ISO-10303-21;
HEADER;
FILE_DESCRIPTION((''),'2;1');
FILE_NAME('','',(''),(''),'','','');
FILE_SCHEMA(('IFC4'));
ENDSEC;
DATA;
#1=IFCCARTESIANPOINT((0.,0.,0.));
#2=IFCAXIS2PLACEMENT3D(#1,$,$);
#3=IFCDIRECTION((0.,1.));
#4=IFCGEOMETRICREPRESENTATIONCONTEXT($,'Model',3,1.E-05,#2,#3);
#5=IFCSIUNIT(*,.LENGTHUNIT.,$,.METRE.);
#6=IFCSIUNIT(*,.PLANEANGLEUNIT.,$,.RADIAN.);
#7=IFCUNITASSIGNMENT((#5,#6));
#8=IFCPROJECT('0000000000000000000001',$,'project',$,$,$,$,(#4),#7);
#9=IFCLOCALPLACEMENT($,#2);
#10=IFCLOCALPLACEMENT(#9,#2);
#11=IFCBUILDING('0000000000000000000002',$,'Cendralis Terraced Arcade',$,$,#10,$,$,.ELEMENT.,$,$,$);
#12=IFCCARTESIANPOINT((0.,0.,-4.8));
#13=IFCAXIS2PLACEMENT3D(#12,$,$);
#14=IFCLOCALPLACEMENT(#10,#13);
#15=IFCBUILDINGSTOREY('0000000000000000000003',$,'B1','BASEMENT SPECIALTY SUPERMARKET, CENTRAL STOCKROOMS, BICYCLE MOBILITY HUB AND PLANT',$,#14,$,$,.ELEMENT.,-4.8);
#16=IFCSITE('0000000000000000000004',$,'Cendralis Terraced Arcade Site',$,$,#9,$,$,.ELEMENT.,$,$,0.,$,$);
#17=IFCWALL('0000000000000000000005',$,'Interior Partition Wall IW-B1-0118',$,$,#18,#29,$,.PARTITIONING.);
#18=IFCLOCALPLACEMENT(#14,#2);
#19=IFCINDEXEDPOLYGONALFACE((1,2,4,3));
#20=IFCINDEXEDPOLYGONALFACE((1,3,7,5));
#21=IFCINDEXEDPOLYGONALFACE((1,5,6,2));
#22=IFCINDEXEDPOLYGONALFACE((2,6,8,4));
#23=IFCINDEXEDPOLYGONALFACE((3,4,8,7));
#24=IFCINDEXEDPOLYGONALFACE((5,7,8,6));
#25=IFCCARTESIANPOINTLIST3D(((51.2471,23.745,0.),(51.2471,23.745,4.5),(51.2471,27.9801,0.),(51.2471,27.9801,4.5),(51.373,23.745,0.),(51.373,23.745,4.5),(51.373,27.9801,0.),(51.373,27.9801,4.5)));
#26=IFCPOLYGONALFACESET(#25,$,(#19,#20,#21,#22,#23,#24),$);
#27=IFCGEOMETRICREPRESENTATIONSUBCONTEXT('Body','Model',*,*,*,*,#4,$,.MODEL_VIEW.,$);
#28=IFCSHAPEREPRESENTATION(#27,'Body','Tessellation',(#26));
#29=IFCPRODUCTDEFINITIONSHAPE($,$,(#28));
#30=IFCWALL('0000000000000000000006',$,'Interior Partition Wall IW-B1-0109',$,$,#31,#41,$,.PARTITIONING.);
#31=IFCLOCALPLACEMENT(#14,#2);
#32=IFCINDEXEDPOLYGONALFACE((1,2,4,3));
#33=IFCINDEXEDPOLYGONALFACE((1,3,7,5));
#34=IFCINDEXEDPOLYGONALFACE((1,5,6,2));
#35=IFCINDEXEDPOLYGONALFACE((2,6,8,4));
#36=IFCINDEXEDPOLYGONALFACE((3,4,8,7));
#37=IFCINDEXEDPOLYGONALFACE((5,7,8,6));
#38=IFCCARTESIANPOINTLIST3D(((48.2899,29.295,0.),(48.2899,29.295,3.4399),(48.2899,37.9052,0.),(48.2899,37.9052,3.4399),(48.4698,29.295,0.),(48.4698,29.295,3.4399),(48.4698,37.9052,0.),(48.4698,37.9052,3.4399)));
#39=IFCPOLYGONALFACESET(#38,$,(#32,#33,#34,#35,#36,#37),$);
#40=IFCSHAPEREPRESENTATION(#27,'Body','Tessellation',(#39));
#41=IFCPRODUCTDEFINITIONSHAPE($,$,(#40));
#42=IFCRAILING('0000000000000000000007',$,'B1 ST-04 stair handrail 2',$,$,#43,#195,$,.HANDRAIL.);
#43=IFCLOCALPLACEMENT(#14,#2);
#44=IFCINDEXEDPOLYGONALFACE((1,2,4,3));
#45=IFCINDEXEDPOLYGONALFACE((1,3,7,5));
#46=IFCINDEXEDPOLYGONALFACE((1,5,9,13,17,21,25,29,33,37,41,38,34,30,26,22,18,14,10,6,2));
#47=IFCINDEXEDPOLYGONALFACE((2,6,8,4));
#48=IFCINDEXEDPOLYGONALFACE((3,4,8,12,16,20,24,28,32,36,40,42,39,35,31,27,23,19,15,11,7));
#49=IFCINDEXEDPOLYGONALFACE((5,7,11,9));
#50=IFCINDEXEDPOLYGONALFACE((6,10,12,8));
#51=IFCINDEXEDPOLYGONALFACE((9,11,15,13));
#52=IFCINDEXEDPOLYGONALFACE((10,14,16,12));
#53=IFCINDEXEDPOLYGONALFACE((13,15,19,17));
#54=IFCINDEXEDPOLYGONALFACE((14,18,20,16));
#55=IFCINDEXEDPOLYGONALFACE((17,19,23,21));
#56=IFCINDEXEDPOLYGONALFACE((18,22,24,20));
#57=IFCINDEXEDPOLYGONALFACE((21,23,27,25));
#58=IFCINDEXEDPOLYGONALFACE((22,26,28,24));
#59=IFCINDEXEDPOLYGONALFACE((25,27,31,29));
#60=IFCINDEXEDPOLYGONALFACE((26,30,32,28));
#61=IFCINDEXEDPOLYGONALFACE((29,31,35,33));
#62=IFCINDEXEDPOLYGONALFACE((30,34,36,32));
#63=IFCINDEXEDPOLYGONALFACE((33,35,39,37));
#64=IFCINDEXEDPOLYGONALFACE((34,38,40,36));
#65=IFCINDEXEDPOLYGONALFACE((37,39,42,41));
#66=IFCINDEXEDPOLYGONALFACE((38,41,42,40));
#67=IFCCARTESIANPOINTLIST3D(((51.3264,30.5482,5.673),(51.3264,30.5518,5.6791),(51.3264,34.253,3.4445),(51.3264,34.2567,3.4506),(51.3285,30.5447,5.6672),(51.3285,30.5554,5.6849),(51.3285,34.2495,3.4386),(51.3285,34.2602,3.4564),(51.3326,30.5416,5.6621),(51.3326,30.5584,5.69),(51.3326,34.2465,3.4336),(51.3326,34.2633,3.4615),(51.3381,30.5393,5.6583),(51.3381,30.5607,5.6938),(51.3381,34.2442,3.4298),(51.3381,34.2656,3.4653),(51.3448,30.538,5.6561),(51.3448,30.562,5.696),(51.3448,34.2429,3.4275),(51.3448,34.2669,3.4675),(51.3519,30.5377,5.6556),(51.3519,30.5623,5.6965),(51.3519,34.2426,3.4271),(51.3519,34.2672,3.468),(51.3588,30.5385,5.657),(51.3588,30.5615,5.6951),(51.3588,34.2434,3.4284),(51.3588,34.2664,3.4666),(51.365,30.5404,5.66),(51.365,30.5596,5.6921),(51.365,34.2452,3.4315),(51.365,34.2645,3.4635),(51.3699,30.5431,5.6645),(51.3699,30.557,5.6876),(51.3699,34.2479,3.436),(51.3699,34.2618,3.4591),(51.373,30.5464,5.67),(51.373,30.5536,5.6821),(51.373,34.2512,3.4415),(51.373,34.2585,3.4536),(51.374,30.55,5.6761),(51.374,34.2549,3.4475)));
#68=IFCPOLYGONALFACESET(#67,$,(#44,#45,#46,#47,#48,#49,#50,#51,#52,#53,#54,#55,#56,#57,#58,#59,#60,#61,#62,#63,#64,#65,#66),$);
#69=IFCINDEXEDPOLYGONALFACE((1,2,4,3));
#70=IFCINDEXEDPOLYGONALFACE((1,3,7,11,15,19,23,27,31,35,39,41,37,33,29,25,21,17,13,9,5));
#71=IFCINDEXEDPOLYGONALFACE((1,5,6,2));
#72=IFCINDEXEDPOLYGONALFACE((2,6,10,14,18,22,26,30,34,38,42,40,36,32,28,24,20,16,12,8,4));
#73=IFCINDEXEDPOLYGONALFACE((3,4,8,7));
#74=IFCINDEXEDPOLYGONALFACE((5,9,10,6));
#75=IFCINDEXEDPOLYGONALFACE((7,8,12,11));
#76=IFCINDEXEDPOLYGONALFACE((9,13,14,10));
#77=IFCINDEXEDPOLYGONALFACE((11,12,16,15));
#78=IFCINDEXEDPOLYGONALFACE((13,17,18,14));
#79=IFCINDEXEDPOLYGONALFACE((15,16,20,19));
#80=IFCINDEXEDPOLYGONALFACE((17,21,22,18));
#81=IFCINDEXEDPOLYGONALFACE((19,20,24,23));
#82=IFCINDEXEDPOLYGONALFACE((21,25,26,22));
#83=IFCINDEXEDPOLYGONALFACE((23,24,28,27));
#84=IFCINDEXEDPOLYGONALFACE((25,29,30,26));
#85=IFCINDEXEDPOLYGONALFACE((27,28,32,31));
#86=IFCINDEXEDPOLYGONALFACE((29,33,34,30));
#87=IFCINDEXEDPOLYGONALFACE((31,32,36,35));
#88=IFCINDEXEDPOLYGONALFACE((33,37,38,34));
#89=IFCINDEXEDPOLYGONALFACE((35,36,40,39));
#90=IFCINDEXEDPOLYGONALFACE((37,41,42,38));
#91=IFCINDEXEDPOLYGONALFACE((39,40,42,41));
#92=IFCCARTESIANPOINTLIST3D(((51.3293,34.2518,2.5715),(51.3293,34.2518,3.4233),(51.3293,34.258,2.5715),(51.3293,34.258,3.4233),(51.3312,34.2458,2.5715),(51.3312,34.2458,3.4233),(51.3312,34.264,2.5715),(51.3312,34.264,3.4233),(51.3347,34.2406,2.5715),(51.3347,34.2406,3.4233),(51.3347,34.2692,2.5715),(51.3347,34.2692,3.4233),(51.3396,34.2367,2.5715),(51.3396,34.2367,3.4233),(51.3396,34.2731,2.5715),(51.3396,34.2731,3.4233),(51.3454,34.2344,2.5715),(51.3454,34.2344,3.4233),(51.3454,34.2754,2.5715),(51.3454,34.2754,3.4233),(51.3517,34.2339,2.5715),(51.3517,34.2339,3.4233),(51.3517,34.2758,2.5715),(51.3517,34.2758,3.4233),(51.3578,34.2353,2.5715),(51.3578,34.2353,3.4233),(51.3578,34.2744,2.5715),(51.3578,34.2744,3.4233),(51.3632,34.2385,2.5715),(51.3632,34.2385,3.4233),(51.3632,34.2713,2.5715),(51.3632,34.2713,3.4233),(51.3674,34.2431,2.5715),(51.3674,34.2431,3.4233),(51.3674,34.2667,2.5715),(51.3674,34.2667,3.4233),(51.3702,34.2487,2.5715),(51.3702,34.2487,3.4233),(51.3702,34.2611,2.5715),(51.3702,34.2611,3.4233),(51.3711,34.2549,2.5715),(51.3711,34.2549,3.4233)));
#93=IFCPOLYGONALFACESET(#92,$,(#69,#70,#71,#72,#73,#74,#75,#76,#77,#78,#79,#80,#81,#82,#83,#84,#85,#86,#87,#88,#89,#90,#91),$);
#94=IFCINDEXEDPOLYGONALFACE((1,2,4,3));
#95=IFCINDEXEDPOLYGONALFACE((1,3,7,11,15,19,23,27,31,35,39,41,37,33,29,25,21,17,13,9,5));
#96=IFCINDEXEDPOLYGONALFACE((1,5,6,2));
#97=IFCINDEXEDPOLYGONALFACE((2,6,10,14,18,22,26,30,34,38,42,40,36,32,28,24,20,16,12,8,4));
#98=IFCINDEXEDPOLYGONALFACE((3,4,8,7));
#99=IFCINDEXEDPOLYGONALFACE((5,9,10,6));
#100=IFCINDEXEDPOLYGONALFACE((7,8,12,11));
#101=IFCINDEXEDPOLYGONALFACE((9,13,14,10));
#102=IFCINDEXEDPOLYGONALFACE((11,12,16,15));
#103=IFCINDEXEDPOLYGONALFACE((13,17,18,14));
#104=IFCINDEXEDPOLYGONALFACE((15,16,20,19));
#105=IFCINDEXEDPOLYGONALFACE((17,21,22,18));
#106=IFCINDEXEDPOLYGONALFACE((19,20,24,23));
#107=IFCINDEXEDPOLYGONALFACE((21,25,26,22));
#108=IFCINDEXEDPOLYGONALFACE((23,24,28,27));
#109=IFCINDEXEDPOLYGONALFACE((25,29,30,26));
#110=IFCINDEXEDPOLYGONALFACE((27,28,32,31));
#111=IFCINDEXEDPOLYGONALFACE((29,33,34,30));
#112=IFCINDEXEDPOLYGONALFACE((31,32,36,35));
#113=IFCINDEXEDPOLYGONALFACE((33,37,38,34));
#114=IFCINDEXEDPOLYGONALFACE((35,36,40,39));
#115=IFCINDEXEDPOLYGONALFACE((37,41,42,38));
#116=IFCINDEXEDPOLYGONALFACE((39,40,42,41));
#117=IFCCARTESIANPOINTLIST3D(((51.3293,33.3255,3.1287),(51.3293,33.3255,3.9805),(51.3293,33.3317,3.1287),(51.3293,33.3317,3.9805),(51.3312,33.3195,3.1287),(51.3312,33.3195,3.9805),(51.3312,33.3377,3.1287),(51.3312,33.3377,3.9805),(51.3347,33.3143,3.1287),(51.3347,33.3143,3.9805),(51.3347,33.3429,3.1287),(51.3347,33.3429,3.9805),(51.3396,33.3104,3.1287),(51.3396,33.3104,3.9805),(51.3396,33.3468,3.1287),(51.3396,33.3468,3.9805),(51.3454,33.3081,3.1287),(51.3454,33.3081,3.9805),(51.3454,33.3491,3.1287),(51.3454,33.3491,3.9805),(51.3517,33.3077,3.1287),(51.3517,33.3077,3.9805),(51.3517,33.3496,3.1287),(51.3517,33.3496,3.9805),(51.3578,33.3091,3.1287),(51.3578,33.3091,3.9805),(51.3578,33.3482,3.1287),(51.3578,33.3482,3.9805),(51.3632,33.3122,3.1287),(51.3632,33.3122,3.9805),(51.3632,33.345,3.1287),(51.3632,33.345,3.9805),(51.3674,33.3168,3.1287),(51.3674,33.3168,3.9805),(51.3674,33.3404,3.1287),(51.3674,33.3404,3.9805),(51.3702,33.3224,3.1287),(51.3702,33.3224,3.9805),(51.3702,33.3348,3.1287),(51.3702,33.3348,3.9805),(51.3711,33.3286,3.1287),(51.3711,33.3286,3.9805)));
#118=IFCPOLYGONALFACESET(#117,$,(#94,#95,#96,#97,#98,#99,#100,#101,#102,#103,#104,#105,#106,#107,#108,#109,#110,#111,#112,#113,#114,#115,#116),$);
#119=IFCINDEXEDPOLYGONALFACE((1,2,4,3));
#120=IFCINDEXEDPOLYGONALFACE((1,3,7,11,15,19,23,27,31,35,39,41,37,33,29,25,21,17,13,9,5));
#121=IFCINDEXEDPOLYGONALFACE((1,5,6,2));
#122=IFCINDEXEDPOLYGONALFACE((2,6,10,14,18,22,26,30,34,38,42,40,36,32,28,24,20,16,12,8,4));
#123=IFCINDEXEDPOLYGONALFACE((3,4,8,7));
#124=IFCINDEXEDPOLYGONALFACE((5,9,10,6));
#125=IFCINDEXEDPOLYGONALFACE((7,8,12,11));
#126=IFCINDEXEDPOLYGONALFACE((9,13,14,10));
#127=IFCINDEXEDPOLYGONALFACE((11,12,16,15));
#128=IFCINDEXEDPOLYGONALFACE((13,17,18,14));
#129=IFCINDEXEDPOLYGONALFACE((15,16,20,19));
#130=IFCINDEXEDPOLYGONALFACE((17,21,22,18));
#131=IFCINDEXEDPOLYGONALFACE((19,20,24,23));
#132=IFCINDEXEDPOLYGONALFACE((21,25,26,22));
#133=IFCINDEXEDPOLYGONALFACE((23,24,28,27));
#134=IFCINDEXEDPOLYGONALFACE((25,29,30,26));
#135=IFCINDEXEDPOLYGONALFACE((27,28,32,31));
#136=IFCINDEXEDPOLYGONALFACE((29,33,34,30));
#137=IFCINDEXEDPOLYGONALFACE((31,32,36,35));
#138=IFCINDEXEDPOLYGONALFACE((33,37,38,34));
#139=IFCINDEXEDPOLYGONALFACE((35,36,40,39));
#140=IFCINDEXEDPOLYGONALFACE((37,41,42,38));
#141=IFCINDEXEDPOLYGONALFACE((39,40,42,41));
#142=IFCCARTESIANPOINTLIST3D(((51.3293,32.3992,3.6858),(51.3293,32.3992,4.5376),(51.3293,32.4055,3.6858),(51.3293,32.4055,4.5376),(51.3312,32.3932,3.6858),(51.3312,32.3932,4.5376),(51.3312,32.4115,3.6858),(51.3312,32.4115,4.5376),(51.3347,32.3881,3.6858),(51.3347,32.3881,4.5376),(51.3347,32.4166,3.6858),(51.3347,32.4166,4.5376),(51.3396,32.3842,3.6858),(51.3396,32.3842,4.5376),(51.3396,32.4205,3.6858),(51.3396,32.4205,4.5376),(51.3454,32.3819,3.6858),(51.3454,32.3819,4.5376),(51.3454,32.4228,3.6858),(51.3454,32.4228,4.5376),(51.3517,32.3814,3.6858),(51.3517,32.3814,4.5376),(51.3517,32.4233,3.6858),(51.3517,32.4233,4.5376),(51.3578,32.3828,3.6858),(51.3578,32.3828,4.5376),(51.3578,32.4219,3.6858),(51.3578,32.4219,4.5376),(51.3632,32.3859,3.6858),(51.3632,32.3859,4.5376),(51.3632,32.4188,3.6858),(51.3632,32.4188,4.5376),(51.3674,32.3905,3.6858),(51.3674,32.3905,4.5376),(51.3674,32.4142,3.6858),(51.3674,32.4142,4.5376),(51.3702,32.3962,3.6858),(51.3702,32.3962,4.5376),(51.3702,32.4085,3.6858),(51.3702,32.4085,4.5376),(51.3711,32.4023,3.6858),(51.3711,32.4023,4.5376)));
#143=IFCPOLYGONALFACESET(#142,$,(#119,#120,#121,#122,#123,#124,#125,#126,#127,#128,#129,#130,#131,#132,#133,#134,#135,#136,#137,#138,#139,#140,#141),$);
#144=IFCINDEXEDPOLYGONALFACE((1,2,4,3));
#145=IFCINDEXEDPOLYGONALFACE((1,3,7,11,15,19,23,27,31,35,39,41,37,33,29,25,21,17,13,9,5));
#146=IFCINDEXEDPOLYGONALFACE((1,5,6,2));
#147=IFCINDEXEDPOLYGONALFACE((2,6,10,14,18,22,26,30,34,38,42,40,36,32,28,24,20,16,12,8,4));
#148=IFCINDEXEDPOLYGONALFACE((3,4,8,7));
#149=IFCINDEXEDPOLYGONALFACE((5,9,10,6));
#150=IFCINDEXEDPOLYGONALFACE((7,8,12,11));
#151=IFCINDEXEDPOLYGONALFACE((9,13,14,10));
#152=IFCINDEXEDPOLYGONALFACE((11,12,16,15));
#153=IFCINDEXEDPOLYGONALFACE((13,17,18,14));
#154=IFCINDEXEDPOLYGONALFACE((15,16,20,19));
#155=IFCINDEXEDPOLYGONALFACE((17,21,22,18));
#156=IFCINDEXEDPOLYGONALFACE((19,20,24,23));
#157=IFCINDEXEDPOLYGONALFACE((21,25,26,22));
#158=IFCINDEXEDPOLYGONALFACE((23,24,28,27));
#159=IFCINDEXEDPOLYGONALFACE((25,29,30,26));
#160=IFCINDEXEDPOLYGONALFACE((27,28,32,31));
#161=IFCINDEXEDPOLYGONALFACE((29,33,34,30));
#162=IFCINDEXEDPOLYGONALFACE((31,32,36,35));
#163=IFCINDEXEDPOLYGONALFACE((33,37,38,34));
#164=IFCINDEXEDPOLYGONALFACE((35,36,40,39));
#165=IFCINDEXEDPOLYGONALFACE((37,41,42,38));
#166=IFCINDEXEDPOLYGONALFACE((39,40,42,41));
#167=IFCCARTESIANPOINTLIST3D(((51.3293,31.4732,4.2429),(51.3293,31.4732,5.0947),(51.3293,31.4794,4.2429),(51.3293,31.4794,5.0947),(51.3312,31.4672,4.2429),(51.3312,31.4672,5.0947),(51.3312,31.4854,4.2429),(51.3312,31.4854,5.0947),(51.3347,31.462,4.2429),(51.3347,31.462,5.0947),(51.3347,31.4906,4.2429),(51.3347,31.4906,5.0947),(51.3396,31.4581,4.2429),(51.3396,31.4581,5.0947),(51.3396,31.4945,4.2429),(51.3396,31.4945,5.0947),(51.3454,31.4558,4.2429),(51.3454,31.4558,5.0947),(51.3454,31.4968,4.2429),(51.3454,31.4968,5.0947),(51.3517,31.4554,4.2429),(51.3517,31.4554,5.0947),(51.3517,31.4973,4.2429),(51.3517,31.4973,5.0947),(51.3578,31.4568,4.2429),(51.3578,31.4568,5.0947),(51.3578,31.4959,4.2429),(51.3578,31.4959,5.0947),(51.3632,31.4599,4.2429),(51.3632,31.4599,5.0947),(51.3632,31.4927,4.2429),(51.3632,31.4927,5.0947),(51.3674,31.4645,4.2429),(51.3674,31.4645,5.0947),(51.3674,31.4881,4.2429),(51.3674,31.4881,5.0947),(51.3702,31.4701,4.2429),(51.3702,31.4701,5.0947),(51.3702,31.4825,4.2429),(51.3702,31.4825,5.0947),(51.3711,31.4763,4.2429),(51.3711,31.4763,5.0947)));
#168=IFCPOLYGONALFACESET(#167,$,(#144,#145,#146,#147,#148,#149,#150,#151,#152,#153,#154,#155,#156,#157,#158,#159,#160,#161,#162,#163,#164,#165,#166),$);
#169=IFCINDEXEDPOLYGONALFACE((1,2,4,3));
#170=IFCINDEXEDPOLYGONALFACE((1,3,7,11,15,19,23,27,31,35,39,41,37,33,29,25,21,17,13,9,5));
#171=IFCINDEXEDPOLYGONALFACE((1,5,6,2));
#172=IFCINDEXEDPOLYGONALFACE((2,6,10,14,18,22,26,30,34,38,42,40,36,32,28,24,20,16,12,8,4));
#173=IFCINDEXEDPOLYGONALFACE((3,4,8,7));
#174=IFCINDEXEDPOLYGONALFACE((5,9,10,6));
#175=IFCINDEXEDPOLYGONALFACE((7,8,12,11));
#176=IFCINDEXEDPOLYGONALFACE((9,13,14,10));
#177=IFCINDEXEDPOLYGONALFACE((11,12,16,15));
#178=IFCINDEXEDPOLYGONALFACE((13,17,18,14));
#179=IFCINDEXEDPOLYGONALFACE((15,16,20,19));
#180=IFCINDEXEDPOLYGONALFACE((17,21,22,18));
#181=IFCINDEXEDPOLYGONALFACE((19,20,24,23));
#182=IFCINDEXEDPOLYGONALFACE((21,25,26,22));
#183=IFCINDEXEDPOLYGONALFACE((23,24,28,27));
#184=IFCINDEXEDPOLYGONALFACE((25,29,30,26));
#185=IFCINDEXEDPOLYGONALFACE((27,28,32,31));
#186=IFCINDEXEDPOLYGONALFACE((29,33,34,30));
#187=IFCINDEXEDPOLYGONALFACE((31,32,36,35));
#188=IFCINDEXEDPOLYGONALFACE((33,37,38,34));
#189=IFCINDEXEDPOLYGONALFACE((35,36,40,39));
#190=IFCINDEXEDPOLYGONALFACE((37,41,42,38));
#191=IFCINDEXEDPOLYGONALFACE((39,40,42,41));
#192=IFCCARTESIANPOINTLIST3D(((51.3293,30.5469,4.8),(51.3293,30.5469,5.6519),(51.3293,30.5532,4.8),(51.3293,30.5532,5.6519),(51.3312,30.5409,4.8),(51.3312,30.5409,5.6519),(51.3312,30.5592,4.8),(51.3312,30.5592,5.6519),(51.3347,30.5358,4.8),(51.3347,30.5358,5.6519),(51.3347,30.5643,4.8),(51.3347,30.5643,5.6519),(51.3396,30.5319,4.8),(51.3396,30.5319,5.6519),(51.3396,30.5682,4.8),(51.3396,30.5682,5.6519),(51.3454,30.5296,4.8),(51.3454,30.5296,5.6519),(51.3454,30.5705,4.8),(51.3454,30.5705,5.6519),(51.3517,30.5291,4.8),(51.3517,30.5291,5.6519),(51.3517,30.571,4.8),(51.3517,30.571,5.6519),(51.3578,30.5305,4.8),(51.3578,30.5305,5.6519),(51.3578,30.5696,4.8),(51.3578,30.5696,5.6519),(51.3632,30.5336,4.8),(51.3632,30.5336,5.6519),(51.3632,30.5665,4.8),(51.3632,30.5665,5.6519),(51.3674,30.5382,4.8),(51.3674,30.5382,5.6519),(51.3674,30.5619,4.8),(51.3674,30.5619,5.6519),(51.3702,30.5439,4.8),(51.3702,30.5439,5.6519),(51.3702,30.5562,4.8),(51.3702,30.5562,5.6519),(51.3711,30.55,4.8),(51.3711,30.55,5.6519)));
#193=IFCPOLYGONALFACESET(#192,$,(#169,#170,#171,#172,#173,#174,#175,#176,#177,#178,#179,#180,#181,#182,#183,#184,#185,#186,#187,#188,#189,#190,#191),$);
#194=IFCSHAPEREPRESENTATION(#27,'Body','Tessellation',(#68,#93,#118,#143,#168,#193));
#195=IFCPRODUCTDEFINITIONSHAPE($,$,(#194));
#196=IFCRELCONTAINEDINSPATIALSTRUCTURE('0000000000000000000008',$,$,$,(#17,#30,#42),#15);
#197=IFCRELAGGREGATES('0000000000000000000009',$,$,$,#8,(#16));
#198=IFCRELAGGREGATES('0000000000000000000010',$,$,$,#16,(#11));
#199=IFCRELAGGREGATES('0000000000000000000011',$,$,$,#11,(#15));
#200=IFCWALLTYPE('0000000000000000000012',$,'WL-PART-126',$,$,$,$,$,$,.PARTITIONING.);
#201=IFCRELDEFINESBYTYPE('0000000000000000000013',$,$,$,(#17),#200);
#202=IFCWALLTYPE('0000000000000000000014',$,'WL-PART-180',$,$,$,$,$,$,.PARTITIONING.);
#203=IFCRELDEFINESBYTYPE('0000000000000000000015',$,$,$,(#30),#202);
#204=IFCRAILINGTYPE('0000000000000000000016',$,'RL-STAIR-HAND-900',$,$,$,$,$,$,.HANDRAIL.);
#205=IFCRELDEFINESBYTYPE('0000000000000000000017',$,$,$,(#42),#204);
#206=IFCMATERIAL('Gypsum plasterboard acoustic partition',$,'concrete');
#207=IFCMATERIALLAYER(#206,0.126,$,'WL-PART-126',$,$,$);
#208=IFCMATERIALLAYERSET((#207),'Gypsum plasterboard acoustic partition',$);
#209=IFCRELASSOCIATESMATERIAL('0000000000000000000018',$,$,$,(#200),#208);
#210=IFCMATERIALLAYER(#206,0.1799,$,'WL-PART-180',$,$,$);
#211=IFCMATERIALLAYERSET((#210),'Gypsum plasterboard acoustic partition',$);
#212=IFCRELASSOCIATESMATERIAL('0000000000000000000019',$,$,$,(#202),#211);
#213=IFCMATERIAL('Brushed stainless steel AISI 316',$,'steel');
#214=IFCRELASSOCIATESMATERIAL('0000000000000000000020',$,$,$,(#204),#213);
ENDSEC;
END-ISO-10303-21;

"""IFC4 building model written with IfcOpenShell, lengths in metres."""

from ifc_helpers import new_model, si_unit, direction, frame, frame_2d, origin, origin_2d, place, context, subcontext, project, spatial, rectangle, circle, extrude, material, layer, layer_set, type_object, element, save


model = new_model("IFC4")

# Units and contexts
model_context = context("Model", 3, precision=1e-05, world=origin(), true_north=direction((0.0, 1.0)))
body_context = subcontext(model_context, "Body", "Model", "MODEL_VIEW")
ifc_project = project(units=[si_unit("LENGTHUNIT", "METRE"), si_unit("PLANEANGLEUNIT", "RADIAN")], contexts=[model_context])

# Site, building, storey
site_placement = place(None, origin())
site = spatial("IfcSite", under=ifc_project, at=site_placement, Name="Cendralis Terraced Arcade Site", CompositionType="ELEMENT", RefElevation=0.0)
building_placement = place(site_placement, origin())
building = spatial("IfcBuilding", under=site, at=building_placement, Name="Cendralis Terraced Arcade", CompositionType="ELEMENT")
storey_placement = place(building_placement, frame((0.0, 0.0, -4.8)))
storey = spatial("IfcBuildingStorey", under=building, at=storey_placement, Name="B1", Description="BASEMENT SPECIALTY SUPERMARKET, CENTRAL STOCKROOMS, BICYCLE MOBILITY HUB AND PLANT", CompositionType="ELEMENT", Elevation=-4.8)

# Walls
ifc_material_1 = material(Name="Gypsum plasterboard acoustic partition", Category="concrete")
ifc_layer_1 = layer(ifc_material_1, 0.126, Name="WL-PART-126")
ifc_layer_set_1 = layer_set([ifc_layer_1], Name="Gypsum plasterboard acoustic partition")
wall_type_1 = type_object("IfcWallType", Name="WL-PART-126", PredefinedType="PARTITIONING", material=ifc_layer_set_1)
wall_1_placement = place(storey_placement, frame((51.3101, 23.7449, 0.0), z_axis=(0.0, 0.0, 1.0), x_axis=(0.0, 1.0, 0.0)))
element("IfcWall", 1, at=wall_1_placement, inside=storey, type_object=wall_type_1, Name="Interior Partition Wall IW-B1-0118", PredefinedType="PARTITIONING", context=body_context, shape_type="SweptSolid", body=[
    extrude(rectangle(XDim=4.2351, YDim=0.126, at=frame_2d((2.1177, 0.0))), origin(), (0.0, 0.0, 1.0), 4.5),
])
ifc_layer_2 = layer(ifc_material_1, 0.1799, Name="WL-PART-180")
ifc_layer_set_2 = layer_set([ifc_layer_2], Name="Gypsum plasterboard acoustic partition")
wall_type_2 = type_object("IfcWallType", Name="WL-PART-180", PredefinedType="PARTITIONING", material=ifc_layer_set_2)
wall_2_placement = place(storey_placement, frame((48.3799, 29.2949, 0.0), z_axis=(0.0, 0.0, 1.0), x_axis=(0.0, 1.0, 0.0)))
element("IfcWall", 2, at=wall_2_placement, inside=storey, type_object=wall_type_2, Name="Interior Partition Wall IW-B1-0109", PredefinedType="PARTITIONING", context=body_context, shape_type="SweptSolid", body=[
    extrude(rectangle(XDim=8.6101, YDim=0.1799, at=frame_2d((4.3052, 0.0))), origin(), (0.0, 0.0, 1.0), 3.4399),
])

# Railing
ifc_material_2 = material(Name="Brushed stainless steel AISI 316", Category="steel")
railing_type = type_object("IfcRailingType", Name="RL-STAIR-HAND-900", PredefinedType="HANDRAIL", material=ifc_material_2)
railing_placement = place(storey_placement, frame((51.3501, 34.2549, 2.5715)))
element("IfcRailing", 3, at=railing_placement, inside=storey, type_object=railing_type, Name="B1 ST-04 stair handrail 2", PredefinedType="HANDRAIL", context=body_context, shape_type="SweptSolid", body=[
    extrude(circle(Radius=0.0239, at=origin_2d()), frame((0.0, 0.0, 0.876), z_axis=(0.0, -0.856919, 0.51545), x_axis=(1.0, 0.0, 0.0)), (0.0, 0.0, 1.0), 4.3235),
    extrude(circle(Radius=0.021, at=origin_2d()), origin(), (0.0, 0.0, 1.0), 0.8518),
    extrude(circle(Radius=0.021, at=origin_2d()), frame((0.0, -0.9263, 0.5571)), (0.0, 0.0, 1.0), 0.8518),
    extrude(circle(Radius=0.021, at=origin_2d()), frame((0.0, -1.8525, 1.1143)), (0.0, 0.0, 1.0), 0.8518),
    extrude(circle(Radius=0.021, at=origin_2d()), frame((0.0, -2.7786, 1.6714)), (0.0, 0.0, 1.0), 0.8518),
    extrude(circle(Radius=0.021, at=origin_2d()), frame((0.0, -3.7048, 2.2285)), (0.0, 0.0, 1.0), 0.8518),
])

save(model, "model.ifc")
